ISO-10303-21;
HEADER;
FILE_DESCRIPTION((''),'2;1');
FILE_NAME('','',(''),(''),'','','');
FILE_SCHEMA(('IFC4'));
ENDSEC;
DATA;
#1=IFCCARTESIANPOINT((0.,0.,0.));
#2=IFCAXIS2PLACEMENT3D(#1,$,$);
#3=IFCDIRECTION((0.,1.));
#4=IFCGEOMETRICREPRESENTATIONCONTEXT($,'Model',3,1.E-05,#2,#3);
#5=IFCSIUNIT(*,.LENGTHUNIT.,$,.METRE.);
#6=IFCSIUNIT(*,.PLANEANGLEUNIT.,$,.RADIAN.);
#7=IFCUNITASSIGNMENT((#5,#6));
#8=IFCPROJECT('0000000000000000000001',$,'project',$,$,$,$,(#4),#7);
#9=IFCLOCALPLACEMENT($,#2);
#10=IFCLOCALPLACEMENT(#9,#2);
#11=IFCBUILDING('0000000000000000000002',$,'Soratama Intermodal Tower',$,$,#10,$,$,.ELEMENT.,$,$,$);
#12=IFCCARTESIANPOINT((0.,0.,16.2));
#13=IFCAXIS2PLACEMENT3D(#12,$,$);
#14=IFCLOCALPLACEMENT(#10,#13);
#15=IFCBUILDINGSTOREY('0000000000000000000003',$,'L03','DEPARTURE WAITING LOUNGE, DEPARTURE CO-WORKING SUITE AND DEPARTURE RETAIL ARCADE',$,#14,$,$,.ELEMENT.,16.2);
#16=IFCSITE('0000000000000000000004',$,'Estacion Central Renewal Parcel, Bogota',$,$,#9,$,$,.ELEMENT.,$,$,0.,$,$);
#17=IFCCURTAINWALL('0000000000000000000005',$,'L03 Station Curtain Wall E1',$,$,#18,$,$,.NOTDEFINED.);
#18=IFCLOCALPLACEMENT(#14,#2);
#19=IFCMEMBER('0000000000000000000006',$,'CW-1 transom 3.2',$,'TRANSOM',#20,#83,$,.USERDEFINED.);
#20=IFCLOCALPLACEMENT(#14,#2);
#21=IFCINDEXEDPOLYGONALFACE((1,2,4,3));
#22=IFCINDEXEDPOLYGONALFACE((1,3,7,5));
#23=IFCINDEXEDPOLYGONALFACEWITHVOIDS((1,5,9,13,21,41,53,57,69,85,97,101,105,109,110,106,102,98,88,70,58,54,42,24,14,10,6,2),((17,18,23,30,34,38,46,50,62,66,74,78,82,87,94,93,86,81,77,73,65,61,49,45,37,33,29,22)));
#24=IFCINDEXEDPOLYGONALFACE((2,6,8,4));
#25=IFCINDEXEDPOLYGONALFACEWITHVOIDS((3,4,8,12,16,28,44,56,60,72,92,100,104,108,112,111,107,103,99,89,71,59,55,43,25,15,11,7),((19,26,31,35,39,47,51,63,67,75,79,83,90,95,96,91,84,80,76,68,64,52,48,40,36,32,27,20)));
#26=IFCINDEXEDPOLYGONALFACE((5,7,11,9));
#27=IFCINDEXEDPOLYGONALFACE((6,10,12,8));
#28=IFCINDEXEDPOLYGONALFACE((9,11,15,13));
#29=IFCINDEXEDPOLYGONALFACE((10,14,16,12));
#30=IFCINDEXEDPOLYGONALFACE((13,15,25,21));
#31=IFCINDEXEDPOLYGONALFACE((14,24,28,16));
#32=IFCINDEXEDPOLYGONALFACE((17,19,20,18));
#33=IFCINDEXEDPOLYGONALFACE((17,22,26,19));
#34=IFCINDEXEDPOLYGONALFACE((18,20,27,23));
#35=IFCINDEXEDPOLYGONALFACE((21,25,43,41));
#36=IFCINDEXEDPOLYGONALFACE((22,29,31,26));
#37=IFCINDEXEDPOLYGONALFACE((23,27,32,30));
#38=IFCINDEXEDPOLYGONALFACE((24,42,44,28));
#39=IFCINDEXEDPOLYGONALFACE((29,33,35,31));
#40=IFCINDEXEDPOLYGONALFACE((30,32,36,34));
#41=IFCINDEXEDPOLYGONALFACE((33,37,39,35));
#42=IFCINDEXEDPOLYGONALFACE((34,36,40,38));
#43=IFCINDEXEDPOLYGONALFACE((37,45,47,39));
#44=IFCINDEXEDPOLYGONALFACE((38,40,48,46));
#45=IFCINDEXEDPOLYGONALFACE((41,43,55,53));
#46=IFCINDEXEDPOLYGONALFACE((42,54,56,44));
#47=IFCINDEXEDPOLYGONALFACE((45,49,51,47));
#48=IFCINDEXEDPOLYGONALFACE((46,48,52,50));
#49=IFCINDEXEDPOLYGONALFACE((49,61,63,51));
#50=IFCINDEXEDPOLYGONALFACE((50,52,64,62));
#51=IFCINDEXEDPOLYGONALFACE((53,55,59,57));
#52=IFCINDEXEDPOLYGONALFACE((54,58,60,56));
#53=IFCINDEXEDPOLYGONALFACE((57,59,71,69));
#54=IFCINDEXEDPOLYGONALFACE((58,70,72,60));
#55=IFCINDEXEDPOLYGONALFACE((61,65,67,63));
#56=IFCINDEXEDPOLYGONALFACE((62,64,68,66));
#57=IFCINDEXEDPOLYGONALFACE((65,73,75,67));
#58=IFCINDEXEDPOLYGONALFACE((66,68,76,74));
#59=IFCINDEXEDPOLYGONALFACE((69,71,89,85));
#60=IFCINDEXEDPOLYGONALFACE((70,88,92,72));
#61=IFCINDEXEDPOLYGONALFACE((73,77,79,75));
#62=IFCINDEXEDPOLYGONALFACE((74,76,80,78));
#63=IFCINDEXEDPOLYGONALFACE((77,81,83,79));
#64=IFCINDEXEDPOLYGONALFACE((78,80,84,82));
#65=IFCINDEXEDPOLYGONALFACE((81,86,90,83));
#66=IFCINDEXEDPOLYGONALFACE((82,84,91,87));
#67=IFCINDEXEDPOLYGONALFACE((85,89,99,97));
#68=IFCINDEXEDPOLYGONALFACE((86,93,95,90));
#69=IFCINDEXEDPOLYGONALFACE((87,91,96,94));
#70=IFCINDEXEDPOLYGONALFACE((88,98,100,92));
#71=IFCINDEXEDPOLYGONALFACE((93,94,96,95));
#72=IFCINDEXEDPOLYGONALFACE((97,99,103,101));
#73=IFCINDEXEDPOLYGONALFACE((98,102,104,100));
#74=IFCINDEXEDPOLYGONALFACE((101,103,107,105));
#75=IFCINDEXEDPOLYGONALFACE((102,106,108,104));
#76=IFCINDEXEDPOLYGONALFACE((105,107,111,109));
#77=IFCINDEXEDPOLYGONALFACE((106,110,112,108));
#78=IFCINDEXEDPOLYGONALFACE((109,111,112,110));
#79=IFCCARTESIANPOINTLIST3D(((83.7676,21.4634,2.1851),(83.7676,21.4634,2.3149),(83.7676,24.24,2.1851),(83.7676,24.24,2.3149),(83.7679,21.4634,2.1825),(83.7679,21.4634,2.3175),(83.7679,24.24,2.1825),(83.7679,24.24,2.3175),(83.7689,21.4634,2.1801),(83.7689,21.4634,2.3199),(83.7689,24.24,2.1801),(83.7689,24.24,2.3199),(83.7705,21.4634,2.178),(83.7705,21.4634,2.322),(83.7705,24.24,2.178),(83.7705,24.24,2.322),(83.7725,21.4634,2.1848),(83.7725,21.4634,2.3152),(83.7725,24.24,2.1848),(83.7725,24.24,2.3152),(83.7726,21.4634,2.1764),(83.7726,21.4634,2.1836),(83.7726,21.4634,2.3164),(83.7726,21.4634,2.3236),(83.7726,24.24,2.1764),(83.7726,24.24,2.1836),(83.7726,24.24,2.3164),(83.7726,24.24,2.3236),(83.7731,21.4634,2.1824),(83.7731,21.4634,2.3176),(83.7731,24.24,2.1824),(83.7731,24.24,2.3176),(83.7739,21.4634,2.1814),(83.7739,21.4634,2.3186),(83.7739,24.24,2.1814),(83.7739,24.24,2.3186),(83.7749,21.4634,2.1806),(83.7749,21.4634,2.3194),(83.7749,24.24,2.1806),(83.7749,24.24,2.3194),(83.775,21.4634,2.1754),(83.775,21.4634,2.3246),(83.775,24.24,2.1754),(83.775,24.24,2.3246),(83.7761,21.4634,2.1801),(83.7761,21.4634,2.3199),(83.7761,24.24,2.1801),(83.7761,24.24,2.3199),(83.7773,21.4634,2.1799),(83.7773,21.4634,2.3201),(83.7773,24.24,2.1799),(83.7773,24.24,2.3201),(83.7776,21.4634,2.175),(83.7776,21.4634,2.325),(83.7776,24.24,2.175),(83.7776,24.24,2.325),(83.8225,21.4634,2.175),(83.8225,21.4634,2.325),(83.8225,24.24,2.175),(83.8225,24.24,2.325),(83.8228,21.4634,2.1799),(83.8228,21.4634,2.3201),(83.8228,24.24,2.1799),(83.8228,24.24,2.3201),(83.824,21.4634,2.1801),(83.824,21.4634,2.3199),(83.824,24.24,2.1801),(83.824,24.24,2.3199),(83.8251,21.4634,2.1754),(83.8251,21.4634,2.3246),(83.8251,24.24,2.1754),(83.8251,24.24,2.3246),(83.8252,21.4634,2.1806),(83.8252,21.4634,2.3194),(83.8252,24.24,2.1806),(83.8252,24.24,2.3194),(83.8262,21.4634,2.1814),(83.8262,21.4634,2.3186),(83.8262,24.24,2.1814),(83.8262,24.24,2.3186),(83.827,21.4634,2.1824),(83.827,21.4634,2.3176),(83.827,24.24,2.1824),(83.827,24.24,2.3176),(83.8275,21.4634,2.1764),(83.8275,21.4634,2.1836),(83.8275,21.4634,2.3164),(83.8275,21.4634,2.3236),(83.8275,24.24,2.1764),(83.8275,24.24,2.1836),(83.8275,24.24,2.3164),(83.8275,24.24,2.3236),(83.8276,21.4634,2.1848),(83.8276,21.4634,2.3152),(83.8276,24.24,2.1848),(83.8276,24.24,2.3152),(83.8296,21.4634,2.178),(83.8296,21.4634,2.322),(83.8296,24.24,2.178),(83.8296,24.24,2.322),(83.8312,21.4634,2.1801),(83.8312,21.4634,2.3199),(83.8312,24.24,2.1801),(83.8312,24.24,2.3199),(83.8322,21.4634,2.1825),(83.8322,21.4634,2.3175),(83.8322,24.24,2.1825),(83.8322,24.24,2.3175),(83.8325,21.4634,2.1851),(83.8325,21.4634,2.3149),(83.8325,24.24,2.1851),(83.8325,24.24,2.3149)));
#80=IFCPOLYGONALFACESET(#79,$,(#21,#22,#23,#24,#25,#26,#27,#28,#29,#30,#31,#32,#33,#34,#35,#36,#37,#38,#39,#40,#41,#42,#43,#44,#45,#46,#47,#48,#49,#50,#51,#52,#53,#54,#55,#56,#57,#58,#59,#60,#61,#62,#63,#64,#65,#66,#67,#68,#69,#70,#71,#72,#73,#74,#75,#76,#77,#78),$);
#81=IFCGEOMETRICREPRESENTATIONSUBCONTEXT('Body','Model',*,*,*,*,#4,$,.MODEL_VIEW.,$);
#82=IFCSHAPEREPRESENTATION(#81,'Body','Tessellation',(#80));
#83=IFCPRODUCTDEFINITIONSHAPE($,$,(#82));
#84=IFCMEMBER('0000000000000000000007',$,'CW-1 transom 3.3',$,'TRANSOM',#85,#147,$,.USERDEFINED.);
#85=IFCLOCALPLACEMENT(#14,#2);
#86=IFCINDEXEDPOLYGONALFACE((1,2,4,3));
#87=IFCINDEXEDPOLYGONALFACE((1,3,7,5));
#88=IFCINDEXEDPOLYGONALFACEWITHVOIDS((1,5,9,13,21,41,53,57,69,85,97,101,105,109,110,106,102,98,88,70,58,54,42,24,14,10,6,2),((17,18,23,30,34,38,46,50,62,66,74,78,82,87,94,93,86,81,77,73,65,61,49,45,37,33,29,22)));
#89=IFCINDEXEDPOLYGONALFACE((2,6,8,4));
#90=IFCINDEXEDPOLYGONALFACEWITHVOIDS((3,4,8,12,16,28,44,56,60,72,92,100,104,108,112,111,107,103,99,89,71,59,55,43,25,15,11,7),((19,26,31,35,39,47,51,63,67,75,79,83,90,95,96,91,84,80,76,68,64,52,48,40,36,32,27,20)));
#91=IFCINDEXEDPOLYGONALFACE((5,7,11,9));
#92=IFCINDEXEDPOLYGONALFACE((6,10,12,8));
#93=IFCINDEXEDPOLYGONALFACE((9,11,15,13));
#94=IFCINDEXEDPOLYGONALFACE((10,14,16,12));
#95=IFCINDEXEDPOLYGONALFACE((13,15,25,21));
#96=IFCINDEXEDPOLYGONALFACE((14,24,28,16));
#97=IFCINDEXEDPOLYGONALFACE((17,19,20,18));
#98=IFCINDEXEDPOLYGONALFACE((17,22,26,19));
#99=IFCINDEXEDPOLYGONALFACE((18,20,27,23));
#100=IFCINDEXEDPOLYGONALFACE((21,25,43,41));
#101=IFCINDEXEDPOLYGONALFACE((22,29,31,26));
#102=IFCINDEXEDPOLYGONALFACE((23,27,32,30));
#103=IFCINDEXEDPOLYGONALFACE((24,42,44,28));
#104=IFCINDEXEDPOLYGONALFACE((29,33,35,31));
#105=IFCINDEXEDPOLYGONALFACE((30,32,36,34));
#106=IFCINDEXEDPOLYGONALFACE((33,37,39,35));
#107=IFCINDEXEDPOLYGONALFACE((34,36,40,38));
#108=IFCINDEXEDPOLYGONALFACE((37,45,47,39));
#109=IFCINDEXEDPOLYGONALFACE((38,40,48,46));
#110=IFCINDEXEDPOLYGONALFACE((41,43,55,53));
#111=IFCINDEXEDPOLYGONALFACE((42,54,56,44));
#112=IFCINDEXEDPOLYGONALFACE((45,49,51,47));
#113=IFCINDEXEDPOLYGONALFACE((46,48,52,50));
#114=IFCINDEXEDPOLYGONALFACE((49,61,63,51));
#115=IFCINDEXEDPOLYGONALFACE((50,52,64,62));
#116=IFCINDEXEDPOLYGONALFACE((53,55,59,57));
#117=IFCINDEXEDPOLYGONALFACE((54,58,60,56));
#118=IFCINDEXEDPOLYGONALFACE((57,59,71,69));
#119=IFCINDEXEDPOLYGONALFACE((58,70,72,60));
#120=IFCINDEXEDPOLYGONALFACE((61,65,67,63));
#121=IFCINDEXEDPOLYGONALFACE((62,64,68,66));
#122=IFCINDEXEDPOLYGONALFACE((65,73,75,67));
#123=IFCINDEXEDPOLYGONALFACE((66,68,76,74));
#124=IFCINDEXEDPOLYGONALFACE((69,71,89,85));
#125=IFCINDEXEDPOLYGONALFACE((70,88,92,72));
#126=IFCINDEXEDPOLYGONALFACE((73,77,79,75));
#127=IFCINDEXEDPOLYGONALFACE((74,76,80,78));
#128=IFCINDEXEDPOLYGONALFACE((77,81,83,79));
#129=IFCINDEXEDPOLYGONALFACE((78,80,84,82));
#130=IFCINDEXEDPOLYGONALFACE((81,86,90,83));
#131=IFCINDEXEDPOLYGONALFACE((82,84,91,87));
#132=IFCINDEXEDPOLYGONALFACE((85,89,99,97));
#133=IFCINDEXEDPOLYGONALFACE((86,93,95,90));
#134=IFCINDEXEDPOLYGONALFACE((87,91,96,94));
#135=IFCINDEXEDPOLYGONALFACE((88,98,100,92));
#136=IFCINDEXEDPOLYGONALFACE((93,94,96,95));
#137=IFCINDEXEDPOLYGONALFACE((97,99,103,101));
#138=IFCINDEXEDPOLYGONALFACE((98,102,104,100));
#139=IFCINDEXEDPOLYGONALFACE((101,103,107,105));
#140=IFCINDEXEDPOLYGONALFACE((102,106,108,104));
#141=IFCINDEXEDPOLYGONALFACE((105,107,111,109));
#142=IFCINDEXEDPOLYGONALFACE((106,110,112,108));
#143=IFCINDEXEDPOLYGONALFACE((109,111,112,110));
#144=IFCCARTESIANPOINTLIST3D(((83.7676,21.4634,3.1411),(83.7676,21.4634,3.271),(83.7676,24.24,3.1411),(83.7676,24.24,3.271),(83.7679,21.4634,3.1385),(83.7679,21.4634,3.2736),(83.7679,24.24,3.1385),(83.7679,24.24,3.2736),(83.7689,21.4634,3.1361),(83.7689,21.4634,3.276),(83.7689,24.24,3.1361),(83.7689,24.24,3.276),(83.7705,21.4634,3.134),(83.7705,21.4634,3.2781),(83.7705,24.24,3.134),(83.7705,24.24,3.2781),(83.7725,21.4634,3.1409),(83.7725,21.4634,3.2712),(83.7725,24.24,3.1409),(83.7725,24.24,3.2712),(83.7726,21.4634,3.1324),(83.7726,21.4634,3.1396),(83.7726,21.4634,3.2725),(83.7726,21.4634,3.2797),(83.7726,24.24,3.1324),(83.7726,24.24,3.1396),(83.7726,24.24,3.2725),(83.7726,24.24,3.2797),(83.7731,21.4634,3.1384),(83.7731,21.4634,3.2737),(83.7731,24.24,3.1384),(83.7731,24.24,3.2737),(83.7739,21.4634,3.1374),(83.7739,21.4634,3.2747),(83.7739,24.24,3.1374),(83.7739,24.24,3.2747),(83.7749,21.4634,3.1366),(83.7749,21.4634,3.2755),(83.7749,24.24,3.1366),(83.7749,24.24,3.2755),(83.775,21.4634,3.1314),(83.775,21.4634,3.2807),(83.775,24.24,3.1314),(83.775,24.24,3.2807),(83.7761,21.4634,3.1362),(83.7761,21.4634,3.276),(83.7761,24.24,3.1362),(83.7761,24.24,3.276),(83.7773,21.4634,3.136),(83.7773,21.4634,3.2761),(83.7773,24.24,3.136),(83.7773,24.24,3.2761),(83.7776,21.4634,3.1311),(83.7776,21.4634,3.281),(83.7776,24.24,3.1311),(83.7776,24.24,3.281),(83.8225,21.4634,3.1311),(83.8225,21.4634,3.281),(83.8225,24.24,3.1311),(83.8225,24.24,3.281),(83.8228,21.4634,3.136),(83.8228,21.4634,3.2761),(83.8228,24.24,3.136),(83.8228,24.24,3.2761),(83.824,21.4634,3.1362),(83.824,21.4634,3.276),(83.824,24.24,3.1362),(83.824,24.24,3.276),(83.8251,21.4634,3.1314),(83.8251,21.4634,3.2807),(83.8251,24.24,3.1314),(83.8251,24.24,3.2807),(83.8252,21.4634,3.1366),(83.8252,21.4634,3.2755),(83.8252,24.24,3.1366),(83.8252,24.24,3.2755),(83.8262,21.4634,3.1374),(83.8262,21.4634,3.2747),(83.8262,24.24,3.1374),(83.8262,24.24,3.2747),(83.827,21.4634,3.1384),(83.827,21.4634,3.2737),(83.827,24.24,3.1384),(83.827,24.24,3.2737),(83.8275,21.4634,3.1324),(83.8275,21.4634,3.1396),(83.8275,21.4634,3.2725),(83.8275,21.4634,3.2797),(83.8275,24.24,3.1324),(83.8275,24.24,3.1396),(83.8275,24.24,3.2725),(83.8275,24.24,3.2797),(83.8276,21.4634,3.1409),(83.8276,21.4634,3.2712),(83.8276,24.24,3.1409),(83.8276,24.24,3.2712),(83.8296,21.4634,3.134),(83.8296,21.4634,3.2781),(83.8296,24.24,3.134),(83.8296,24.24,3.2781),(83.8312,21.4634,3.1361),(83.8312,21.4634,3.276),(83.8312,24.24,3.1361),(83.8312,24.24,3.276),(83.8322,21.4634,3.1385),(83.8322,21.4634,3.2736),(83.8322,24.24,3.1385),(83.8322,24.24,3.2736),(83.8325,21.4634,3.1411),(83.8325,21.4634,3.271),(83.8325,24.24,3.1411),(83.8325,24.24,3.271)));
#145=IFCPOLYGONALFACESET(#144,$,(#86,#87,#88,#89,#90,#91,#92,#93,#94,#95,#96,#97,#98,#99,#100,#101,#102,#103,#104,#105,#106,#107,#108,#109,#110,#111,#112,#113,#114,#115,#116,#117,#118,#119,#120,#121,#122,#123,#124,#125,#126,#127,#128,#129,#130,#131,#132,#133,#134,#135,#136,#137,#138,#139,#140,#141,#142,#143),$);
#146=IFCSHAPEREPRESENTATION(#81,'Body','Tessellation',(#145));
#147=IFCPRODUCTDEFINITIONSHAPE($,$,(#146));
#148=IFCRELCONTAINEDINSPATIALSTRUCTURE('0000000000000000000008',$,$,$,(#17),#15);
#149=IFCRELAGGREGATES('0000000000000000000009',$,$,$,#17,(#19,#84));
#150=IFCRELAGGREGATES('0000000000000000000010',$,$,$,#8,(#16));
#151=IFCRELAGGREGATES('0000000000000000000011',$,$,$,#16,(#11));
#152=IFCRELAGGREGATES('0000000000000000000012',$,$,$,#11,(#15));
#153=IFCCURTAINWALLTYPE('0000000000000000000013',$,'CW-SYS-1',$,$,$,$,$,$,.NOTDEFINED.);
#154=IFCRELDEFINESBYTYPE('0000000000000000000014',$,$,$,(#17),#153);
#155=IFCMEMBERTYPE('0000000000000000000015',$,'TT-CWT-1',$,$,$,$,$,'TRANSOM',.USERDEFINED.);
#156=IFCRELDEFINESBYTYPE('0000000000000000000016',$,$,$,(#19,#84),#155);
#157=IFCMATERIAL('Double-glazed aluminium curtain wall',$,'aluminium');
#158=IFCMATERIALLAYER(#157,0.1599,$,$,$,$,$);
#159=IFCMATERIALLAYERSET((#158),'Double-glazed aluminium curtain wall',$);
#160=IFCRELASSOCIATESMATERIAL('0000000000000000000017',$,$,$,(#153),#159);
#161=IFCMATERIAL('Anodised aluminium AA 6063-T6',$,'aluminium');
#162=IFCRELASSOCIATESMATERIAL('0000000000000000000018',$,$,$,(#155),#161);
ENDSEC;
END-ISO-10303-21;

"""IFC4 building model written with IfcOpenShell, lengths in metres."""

from ifc_helpers import new_model, si_unit, direction, frame, origin, origin_2d, place, context, subcontext, project, spatial, hollow_rectangle, extrude, material, layer, layer_set, material_profile, profile_set, type_object, element, aggregate, save


model = new_model("IFC4")

# Units and contexts
model_context = context("Model", 3, precision=1e-05, world=origin(), true_north=direction((0.0, 1.0)))
body_context = subcontext(model_context, "Body", "Model", "MODEL_VIEW")
ifc_project = project(units=[si_unit("LENGTHUNIT", "METRE"), si_unit("PLANEANGLEUNIT", "RADIAN")], contexts=[model_context])

# Site, building, storey
site_placement = place(None, origin())
site = spatial("IfcSite", under=ifc_project, at=site_placement, Name="Estacion Central Renewal Parcel, Bogota", CompositionType="ELEMENT", RefElevation=0.0)
building_placement = place(site_placement, origin())
building = spatial("IfcBuilding", under=site, at=building_placement, Name="Soratama Intermodal Tower", CompositionType="ELEMENT")
storey_placement = place(building_placement, frame((0.0, 0.0, 16.2)))
storey = spatial("IfcBuildingStorey", under=building, at=storey_placement, Name="L03", Description="DEPARTURE WAITING LOUNGE, DEPARTURE CO-WORKING SUITE AND DEPARTURE RETAIL ARCADE", CompositionType="ELEMENT", Elevation=16.2)

# Curtain wall
ifc_material_1 = material(Name="Double-glazed aluminium curtain wall", Category="aluminium")
ifc_layer_1 = layer(ifc_material_1, 0.1599)
ifc_layer_set_1 = layer_set([ifc_layer_1], Name="Double-glazed aluminium curtain wall")
curtain_wall_type = type_object("IfcCurtainWallType", Name="CW-SYS-1", PredefinedType="NOTDEFINED", material=ifc_layer_set_1)
curtain_wall_1_placement = place(storey_placement, origin())
curtain_wall_1 = element("IfcCurtainWall", 1, at=curtain_wall_1_placement, inside=storey, type_object=curtain_wall_type, Name="L03 Station Curtain Wall E1", PredefinedType="NOTDEFINED")

# Members
ifc_material_2 = material(Name="Anodised aluminium AA 6063-T6", Category="aluminium")
ifc_material_profile_1 = material_profile(ifc_material_2, hollow_rectangle(XDim=0.0649, YDim=0.1499, WallThickness=0.0049, InnerFilletRadius=0.0049, OuterFilletRadius=0.01, at=origin_2d()), Name="CWT150X65X5")
ifc_profile_set_1 = profile_set([ifc_material_profile_1], Name="Anodised aluminium AA 6063-T6")
member_type_1 = type_object("IfcMemberType", Name="TT-CWT-1", ElementType="TRANSOM", PredefinedType="USERDEFINED", material=ifc_profile_set_1)
member_1_placement = place(storey_placement, frame((83.8, 21.4634, 2.25), z_axis=(0.0, 1.0, 0.0), x_axis=(-1.0, 0.0, 0.0)))
member_1 = element("IfcMember", 2, at=member_1_placement, type_object=member_type_1, Name="CW-1 transom 3.2", ObjectType="TRANSOM", PredefinedType="USERDEFINED", context=body_context, shape_type="SweptSolid", body=[
    extrude(hollow_rectangle(XDim=0.0649, YDim=0.1499, WallThickness=0.0049, InnerFilletRadius=0.0049, OuterFilletRadius=0.01, at=origin_2d()), origin(), (0.0, 0.0, 1.0), 2.7766),
])
member_2_placement = place(storey_placement, frame((83.8, 21.4634, 3.2061), z_axis=(0.0, 1.0, 0.0), x_axis=(-1.0, 0.0, 0.0)))
member_2 = element("IfcMember", 3, at=member_2_placement, type_object=member_type_1, Name="CW-1 transom 3.3", ObjectType="TRANSOM", PredefinedType="USERDEFINED", context=body_context, shape_type="SweptSolid", body=[
    extrude(hollow_rectangle(XDim=0.0649, YDim=0.1499, WallThickness=0.0049, InnerFilletRadius=0.0049, OuterFilletRadius=0.01, at=origin_2d()), origin(), (0.0, 0.0, 1.0), 2.7766),
])

aggregate(curtain_wall_1, [member_1, member_2])

save(model, "model.ifc")
